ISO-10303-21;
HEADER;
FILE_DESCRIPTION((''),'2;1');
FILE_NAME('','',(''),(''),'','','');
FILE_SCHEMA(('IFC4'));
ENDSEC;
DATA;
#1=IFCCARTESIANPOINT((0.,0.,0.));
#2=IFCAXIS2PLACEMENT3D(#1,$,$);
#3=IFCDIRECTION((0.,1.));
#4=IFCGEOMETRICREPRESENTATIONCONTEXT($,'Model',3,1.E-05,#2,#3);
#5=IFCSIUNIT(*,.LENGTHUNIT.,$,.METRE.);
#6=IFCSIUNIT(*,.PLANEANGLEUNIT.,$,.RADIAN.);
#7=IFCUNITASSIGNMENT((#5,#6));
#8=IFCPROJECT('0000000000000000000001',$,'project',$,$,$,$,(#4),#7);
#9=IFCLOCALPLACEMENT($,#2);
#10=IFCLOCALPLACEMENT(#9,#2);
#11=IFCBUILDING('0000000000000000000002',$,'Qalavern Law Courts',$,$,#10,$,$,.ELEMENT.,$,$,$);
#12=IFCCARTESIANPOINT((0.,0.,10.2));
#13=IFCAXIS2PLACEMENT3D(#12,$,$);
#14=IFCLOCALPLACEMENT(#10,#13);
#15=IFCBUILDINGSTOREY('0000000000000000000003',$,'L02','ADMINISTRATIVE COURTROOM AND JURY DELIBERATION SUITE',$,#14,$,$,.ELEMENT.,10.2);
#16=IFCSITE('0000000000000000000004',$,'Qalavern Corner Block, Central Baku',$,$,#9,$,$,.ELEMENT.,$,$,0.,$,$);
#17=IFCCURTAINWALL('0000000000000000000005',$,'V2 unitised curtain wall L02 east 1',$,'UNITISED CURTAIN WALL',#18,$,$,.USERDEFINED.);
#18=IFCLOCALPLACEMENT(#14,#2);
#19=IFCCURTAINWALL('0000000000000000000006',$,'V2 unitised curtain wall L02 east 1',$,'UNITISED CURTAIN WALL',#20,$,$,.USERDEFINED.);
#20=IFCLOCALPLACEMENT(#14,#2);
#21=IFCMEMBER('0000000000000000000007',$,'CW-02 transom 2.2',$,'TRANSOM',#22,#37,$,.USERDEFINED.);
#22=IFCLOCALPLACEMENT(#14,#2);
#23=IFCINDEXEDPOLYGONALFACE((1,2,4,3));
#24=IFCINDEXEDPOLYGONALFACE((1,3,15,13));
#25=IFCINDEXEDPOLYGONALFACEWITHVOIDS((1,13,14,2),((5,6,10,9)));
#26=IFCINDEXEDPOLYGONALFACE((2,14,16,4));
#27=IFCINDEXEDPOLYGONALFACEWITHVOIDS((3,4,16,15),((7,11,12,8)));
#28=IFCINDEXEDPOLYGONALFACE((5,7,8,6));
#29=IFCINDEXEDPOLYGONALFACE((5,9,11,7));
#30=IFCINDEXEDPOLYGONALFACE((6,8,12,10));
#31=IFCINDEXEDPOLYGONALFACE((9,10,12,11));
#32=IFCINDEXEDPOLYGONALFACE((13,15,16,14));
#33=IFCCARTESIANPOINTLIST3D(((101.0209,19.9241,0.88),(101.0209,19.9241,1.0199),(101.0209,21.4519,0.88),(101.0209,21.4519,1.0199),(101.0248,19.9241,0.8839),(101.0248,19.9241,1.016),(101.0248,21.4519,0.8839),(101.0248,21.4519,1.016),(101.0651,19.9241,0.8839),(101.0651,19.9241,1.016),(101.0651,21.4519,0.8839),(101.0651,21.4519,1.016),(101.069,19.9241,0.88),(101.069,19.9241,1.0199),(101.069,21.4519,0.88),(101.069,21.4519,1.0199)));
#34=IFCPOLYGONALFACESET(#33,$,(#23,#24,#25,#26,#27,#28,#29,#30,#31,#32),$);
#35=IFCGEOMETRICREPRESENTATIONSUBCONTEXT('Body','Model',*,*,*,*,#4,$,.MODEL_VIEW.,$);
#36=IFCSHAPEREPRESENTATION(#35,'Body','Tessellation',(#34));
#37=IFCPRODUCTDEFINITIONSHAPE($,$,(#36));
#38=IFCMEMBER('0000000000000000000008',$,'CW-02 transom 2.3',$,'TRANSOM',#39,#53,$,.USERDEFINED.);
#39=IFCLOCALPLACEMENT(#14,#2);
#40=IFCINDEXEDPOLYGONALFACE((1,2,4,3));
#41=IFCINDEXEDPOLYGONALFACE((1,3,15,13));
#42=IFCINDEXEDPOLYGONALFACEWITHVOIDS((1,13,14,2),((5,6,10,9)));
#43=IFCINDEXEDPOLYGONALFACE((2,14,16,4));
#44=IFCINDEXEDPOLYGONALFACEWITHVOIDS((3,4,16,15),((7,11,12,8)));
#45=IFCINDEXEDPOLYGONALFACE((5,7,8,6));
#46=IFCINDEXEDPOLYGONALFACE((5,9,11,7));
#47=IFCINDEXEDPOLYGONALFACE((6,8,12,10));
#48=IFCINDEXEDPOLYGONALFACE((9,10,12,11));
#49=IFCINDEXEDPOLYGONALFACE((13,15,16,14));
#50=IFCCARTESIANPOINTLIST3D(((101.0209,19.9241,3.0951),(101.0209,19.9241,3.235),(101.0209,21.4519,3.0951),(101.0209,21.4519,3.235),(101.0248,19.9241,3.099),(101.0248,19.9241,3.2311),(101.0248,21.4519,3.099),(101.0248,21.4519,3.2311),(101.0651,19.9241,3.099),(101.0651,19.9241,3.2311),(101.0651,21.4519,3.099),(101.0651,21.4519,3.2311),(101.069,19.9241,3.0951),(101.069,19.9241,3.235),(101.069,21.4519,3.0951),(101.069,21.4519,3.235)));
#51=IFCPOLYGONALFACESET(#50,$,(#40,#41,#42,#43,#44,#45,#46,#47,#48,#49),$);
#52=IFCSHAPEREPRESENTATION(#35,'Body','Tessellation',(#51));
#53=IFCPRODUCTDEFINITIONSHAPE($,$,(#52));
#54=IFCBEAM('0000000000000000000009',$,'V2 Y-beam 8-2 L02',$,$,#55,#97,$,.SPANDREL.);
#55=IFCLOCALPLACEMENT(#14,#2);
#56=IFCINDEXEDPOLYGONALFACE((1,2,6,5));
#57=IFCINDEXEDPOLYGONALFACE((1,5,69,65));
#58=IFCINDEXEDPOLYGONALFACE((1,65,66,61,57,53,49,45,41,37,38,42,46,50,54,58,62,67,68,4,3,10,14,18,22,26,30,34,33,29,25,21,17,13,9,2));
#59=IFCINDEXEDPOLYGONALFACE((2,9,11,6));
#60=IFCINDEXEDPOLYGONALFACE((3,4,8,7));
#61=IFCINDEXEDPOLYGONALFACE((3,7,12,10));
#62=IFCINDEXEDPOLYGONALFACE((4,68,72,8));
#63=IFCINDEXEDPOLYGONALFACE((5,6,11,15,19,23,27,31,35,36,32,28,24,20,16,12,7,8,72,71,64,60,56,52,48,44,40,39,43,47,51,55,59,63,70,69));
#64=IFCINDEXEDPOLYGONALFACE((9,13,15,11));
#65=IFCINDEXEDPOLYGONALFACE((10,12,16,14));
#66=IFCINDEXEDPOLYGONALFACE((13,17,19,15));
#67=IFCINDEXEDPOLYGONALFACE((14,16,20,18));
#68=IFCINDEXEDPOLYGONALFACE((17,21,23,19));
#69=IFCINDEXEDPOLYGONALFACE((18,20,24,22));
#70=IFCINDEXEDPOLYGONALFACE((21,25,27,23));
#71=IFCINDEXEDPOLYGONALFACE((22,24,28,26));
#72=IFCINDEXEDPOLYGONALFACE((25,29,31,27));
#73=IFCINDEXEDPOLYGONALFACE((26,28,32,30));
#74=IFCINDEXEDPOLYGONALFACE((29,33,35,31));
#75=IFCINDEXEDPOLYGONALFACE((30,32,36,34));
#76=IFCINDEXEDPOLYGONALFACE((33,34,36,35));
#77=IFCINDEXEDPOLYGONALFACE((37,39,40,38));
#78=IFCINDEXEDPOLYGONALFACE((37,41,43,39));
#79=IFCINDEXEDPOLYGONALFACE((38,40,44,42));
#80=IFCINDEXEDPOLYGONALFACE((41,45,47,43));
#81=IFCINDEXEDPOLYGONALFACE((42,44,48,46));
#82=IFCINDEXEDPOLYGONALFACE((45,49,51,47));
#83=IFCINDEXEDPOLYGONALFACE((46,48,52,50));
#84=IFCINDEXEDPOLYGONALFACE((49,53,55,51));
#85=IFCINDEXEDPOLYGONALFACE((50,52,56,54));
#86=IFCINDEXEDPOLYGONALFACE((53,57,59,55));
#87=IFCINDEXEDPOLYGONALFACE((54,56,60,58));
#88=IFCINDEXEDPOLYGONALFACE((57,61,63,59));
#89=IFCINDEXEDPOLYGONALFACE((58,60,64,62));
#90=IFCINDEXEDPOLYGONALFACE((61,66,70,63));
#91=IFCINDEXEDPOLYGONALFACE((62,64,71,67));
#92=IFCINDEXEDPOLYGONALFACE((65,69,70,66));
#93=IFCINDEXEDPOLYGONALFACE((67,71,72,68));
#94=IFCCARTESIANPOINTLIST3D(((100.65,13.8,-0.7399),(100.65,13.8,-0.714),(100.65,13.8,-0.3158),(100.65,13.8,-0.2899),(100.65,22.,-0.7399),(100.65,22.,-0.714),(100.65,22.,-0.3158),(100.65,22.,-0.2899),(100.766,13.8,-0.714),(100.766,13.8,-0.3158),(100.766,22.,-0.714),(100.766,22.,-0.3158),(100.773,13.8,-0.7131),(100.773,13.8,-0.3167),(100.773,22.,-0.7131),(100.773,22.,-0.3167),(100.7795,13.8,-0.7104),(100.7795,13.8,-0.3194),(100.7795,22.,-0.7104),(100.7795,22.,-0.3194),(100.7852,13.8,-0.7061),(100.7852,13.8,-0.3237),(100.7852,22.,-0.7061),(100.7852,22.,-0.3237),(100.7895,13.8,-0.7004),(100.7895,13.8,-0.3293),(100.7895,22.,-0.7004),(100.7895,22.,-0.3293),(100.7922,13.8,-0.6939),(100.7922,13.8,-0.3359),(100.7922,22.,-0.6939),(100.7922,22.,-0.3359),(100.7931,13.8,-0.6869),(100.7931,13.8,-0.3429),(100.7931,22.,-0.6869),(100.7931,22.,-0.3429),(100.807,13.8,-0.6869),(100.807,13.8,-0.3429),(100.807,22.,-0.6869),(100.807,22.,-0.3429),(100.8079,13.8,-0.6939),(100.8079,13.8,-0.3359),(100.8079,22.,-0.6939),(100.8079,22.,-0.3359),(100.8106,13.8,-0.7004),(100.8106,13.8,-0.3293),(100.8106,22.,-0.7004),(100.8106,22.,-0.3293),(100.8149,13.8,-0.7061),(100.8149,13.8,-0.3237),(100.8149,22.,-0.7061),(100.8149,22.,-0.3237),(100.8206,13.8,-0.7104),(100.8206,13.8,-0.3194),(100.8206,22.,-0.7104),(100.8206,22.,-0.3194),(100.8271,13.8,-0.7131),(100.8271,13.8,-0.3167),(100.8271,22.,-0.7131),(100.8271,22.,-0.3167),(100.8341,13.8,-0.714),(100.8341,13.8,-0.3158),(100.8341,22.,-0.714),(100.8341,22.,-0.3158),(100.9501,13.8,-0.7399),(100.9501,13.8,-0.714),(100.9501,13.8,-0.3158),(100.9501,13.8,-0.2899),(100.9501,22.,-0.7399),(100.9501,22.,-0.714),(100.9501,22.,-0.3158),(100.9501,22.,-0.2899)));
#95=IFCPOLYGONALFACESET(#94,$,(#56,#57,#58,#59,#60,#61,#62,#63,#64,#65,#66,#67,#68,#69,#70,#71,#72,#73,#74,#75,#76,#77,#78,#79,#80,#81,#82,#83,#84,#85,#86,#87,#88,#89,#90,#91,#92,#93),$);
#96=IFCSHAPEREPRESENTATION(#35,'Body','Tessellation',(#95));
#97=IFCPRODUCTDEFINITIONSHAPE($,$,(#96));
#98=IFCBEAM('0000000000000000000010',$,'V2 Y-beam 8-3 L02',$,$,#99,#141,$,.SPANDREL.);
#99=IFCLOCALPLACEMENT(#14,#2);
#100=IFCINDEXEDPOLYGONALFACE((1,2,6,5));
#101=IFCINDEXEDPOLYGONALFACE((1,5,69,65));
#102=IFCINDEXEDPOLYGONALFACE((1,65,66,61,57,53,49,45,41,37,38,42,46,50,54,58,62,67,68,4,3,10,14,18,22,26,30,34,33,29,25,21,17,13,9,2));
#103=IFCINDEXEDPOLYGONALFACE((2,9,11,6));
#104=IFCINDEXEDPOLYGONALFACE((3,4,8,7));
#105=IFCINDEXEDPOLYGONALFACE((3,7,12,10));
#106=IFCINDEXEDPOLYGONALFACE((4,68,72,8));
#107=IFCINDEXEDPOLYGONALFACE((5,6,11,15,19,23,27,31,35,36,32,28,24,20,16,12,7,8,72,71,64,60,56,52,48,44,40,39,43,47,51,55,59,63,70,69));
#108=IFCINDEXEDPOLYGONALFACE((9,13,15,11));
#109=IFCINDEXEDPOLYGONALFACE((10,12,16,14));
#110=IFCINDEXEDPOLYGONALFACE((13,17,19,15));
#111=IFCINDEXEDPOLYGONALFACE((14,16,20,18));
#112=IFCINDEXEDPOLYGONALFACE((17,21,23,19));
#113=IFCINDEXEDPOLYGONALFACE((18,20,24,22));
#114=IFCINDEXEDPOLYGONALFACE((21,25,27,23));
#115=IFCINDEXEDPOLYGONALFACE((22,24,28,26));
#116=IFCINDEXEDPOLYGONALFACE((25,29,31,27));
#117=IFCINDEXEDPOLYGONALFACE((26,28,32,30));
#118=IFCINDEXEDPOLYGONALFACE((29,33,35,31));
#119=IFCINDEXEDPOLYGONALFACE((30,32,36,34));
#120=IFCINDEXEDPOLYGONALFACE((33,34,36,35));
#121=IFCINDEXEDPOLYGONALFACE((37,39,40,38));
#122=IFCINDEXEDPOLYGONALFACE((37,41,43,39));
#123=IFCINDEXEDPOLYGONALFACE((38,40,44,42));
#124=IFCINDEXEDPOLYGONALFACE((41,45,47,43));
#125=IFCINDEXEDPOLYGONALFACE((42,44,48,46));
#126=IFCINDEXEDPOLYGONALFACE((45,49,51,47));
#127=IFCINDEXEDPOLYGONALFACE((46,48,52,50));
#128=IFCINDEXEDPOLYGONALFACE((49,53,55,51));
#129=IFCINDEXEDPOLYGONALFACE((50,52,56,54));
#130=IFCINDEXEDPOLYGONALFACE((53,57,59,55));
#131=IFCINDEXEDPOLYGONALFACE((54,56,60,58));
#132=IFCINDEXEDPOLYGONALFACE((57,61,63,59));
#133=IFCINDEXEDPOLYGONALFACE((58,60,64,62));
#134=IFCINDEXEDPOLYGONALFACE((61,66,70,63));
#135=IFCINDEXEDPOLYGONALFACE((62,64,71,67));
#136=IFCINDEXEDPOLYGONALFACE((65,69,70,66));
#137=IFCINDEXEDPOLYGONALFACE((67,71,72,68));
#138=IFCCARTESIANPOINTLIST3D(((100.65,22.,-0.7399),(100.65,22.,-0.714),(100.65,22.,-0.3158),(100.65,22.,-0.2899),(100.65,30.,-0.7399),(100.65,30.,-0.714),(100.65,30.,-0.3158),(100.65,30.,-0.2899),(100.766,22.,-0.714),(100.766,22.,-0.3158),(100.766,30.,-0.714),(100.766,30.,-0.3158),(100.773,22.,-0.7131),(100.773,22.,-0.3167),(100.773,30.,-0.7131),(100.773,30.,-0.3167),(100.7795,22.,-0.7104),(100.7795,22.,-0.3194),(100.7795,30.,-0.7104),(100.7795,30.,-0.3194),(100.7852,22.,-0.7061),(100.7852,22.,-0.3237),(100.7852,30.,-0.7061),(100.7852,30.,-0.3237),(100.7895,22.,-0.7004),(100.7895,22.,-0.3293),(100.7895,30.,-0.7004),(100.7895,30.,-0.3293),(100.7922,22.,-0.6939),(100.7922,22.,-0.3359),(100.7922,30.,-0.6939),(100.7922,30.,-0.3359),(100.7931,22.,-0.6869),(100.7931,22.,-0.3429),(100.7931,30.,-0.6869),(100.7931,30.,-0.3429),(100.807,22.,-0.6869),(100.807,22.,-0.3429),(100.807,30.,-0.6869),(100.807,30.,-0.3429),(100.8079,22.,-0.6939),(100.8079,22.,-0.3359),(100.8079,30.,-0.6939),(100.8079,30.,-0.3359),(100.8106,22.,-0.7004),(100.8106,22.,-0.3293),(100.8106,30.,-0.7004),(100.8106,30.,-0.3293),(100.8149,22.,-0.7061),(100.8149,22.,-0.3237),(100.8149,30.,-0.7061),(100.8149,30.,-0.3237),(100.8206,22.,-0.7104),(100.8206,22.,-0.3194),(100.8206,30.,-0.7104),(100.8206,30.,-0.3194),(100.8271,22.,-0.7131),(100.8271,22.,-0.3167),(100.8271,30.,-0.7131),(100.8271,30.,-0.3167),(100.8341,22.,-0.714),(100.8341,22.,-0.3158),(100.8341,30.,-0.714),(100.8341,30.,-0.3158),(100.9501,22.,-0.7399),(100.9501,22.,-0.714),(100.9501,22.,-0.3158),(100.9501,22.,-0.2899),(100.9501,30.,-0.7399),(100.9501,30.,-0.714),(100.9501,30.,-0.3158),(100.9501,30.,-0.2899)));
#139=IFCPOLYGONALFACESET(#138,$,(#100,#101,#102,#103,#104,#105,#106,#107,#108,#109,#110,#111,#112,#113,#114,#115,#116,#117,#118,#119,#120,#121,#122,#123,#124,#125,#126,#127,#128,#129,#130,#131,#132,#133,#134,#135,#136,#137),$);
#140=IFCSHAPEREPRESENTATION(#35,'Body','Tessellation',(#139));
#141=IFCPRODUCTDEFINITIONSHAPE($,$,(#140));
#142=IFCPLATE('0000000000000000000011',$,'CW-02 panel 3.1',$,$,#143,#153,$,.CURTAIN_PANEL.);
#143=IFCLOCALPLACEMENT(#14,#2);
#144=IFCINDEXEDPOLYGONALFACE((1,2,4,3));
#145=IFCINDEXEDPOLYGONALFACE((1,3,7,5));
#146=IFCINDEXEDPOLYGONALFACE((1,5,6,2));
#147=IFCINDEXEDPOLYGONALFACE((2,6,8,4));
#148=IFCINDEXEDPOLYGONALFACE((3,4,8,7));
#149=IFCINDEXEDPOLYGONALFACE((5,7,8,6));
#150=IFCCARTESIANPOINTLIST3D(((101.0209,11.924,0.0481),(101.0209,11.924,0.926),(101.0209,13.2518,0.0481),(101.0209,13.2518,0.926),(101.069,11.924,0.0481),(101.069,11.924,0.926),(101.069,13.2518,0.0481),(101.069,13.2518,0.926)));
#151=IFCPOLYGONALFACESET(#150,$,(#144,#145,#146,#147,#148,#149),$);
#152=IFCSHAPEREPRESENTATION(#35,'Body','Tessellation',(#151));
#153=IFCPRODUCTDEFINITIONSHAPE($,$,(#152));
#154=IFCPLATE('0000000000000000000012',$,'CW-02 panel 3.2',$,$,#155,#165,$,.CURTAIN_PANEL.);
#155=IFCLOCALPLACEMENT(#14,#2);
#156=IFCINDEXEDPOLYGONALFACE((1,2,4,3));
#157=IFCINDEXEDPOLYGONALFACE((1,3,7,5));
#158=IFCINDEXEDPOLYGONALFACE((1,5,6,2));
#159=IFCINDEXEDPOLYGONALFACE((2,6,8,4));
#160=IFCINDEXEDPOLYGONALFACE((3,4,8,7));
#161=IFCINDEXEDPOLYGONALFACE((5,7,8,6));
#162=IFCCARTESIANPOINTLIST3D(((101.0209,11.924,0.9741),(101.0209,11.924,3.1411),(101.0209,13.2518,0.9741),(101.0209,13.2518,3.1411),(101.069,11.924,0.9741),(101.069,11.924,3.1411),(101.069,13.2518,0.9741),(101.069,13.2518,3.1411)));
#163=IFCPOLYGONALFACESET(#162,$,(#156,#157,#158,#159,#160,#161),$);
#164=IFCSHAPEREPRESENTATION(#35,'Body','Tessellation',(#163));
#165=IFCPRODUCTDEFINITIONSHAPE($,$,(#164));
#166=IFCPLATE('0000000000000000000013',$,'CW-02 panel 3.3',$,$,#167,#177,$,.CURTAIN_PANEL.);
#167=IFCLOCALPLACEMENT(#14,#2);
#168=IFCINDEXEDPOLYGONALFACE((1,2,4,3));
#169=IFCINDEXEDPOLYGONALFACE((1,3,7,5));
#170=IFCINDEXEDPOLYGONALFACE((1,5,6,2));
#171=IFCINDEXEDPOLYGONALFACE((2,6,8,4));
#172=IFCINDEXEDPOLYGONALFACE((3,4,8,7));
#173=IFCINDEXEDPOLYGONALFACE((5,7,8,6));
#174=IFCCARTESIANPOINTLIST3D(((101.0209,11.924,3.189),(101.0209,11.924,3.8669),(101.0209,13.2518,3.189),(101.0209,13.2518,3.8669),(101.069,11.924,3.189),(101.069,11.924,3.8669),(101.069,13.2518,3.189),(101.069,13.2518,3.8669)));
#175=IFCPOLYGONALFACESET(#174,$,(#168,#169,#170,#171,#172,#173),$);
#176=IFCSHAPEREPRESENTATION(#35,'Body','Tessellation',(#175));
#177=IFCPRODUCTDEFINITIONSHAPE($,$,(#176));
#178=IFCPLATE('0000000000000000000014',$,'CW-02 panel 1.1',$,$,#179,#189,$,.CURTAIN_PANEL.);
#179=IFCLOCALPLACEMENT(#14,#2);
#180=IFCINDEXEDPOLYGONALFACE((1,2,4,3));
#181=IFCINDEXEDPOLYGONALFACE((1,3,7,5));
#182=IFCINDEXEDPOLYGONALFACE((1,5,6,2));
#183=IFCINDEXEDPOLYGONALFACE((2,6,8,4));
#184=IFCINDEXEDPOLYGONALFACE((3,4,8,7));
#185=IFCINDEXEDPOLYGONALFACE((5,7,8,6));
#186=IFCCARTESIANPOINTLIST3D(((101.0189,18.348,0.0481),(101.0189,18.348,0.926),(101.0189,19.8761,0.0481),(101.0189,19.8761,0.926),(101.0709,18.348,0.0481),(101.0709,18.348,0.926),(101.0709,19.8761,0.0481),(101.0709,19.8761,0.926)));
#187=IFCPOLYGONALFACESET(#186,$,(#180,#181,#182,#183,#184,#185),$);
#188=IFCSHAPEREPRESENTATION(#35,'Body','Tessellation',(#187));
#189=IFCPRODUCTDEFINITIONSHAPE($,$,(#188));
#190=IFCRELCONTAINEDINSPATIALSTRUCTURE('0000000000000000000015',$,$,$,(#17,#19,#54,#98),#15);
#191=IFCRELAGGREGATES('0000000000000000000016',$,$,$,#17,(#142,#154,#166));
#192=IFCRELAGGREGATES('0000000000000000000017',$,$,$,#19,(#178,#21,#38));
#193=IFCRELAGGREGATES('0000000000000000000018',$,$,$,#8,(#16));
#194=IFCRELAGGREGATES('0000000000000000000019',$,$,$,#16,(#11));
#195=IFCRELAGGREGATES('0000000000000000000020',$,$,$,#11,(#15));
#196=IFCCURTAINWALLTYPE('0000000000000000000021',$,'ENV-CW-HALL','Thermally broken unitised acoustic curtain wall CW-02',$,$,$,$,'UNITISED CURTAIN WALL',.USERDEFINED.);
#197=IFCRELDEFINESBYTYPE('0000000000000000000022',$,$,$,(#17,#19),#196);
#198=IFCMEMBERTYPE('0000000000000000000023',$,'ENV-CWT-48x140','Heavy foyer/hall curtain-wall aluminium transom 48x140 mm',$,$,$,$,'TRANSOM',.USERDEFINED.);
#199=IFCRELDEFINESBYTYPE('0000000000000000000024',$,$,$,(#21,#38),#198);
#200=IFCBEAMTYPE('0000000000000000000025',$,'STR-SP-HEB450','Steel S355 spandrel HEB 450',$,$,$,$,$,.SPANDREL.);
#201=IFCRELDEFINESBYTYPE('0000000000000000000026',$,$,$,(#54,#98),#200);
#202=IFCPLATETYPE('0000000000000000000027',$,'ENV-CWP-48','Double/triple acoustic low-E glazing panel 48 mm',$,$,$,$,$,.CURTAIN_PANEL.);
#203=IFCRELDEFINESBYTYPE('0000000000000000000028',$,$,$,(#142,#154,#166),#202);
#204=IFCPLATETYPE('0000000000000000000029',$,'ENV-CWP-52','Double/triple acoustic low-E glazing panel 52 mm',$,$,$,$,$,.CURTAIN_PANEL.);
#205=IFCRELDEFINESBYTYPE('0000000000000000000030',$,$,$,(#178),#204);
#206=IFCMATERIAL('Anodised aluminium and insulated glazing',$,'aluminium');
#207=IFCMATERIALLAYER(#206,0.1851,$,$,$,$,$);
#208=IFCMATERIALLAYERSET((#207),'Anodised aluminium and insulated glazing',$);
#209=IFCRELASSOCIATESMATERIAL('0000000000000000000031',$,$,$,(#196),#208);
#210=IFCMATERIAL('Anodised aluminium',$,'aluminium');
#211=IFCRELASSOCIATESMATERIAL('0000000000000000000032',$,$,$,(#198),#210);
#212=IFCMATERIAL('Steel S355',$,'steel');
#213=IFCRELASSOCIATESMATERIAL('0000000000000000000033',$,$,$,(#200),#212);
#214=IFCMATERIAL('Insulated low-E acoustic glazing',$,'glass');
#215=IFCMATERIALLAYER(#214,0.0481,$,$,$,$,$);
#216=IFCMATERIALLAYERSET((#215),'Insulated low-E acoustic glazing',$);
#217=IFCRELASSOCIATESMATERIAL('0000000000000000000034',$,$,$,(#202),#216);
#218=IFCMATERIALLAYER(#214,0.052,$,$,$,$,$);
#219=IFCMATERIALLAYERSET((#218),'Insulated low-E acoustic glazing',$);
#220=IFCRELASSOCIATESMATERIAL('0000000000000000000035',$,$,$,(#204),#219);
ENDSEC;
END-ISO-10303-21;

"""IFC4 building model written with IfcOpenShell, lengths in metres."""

from ifc_helpers import new_model, si_unit, direction, frame, origin, origin_2d, place, context, subcontext, project, spatial, rectangle, hollow_rectangle, i_section, extrude, material, layer, layer_set, material_profile, profile_set, type_object, element, aggregate, save


model = new_model("IFC4")

# Units and contexts
model_context = context("Model", 3, precision=1e-05, world=origin(), true_north=direction((0.0, 1.0)))
body_context = subcontext(model_context, "Body", "Model", "MODEL_VIEW")
ifc_project = project(units=[si_unit("LENGTHUNIT", "METRE"), si_unit("PLANEANGLEUNIT", "RADIAN")], contexts=[model_context])

# Site, building, storey
site_placement = place(None, origin())
site = spatial("IfcSite", under=ifc_project, at=site_placement, Name="Qalavern Corner Block, Central Baku", CompositionType="ELEMENT", RefElevation=0.0)
building_placement = place(site_placement, origin())
building = spatial("IfcBuilding", under=site, at=building_placement, Name="Qalavern Law Courts", CompositionType="ELEMENT")
storey_placement = place(building_placement, frame((0.0, 0.0, 10.2)))
storey = spatial("IfcBuildingStorey", under=building, at=storey_placement, Name="L02", Description="ADMINISTRATIVE COURTROOM AND JURY DELIBERATION SUITE", CompositionType="ELEMENT", Elevation=10.2)

# Curtain wall
ifc_material_1 = material(Name="Anodised aluminium and insulated glazing", Category="aluminium")
ifc_layer_1 = layer(ifc_material_1, 0.1851)
ifc_layer_set_1 = layer_set([ifc_layer_1], Name="Anodised aluminium and insulated glazing")
curtain_wall_type = type_object("IfcCurtainWallType", Name="ENV-CW-HALL", Description="Thermally broken unitised acoustic curtain wall CW-02", ElementType="UNITISED CURTAIN WALL", PredefinedType="USERDEFINED", material=ifc_layer_set_1)
curtain_wall_1_placement = place(storey_placement, origin())
curtain_wall_1 = element("IfcCurtainWall", 1, at=curtain_wall_1_placement, inside=storey, type_object=curtain_wall_type, Name="V2 unitised curtain wall L02 east 1", ObjectType="UNITISED CURTAIN WALL", PredefinedType="USERDEFINED")
ifc_material_2 = material(Name="Anodised aluminium", Category="aluminium")

# Curtain wall
curtain_wall_2_placement = place(storey_placement, origin())
curtain_wall_2 = element("IfcCurtainWall", 2, at=curtain_wall_2_placement, inside=storey, type_object=curtain_wall_type, Name="V2 unitised curtain wall L02 east 1", ObjectType="UNITISED CURTAIN WALL", PredefinedType="USERDEFINED")

# Members
ifc_material_profile_1 = material_profile(ifc_material_2, hollow_rectangle(XDim=0.0481, YDim=0.1399, WallThickness=0.0039, at=origin_2d()), Name="ALU TRANSOM 48x140")
ifc_profile_set_1 = profile_set([ifc_material_profile_1], Name="Anodised aluminium")
member_type_1 = type_object("IfcMemberType", Name="ENV-CWT-48x140", Description="Heavy foyer/hall curtain-wall aluminium transom 48x140 mm", ElementType="TRANSOM", PredefinedType="USERDEFINED", material=ifc_profile_set_1)
member_1_placement = place(storey_placement, frame((101.0449, 19.9241, 0.95), z_axis=(0.0, 1.0, 0.0), x_axis=(-1.0, 0.0, 0.0)))
member_1 = element("IfcMember", 3, at=member_1_placement, type_object=member_type_1, Name="CW-02 transom 2.2", ObjectType="TRANSOM", PredefinedType="USERDEFINED", context=body_context, shape_type="SweptSolid", body=[
    extrude(hollow_rectangle(XDim=0.0481, YDim=0.1399, WallThickness=0.0039, at=origin_2d()), origin(), (0.0, 0.0, 1.0), 1.5278),
])
member_2_placement = place(storey_placement, frame((101.0449, 19.9241, 3.165), z_axis=(0.0, 1.0, 0.0), x_axis=(-1.0, 0.0, 0.0)))
member_2 = element("IfcMember", 4, at=member_2_placement, type_object=member_type_1, Name="CW-02 transom 2.3", ObjectType="TRANSOM", PredefinedType="USERDEFINED", context=body_context, shape_type="SweptSolid", body=[
    extrude(hollow_rectangle(XDim=0.0481, YDim=0.1399, WallThickness=0.0039, at=origin_2d()), origin(), (0.0, 0.0, 1.0), 1.5278),
])

# Beams
ifc_material_3 = material(Name="Steel S355", Category="steel")
ifc_material_profile_2 = material_profile(ifc_material_3, i_section(OverallWidth=0.3, OverallDepth=0.45, WebThickness=0.0139, FlangeThickness=0.0259, FilletRadius=0.0271, at=origin_2d()), Name="HEB 450")
ifc_profile_set_2 = profile_set([ifc_material_profile_2], Name="Steel S355")
beam_type = type_object("IfcBeamType", Name="STR-SP-HEB450", Description="Steel S355 spandrel HEB 450", PredefinedType="SPANDREL", material=ifc_profile_set_2)
beam_1_placement = place(storey_placement, frame((100.8, 13.8, -0.5149), z_axis=(0.0, 1.0, 0.0), x_axis=(-1.0, 0.0, 0.0)))
element("IfcBeam", 5, at=beam_1_placement, inside=storey, type_object=beam_type, Name="V2 Y-beam 8-2 L02", PredefinedType="SPANDREL", context=body_context, shape_type="SweptSolid", body=[
    extrude(i_section(OverallWidth=0.3, OverallDepth=0.45, WebThickness=0.0139, FlangeThickness=0.0259, FilletRadius=0.0271, at=origin_2d()), origin(), (0.0, 0.0, 1.0), 8.2),
])
beam_2_placement = place(storey_placement, frame((100.8, 22.0, -0.5149), z_axis=(0.0, 1.0, 0.0), x_axis=(-1.0, 0.0, 0.0)))
element("IfcBeam", 6, at=beam_2_placement, inside=storey, type_object=beam_type, Name="V2 Y-beam 8-3 L02", PredefinedType="SPANDREL", context=body_context, shape_type="SweptSolid", body=[
    extrude(i_section(OverallWidth=0.3, OverallDepth=0.45, WebThickness=0.0139, FlangeThickness=0.0259, FilletRadius=0.0271, at=origin_2d()), origin(), (0.0, 0.0, 1.0), 8.0),
])

# Plates
ifc_material_4 = material(Name="Insulated low-E acoustic glazing", Category="glass")
ifc_layer_2 = layer(ifc_material_4, 0.0481)
ifc_layer_set_2 = layer_set([ifc_layer_2], Name="Insulated low-E acoustic glazing")
plate_type_1 = type_object("IfcPlateType", Name="ENV-CWP-48", Description="Double/triple acoustic low-E glazing panel 48 mm", PredefinedType="CURTAIN_PANEL", material=ifc_layer_set_2)
plate_1_placement = place(storey_placement, frame((101.0449, 12.5879, 0.0481), z_axis=(0.0, 0.0, 1.0), x_axis=(0.0, 1.0, 0.0)))
plate_1 = element("IfcPlate", 7, at=plate_1_placement, type_object=plate_type_1, Name="CW-02 panel 3.1", PredefinedType="CURTAIN_PANEL", context=body_context, shape_type="SweptSolid", body=[
    extrude(rectangle(XDim=1.3279, YDim=0.0481, at=origin_2d()), origin(), (0.0, 0.0, 1.0), 0.8779),
])
plate_2_placement = place(storey_placement, frame((101.0449, 12.5879, 0.9741), z_axis=(0.0, 0.0, 1.0), x_axis=(0.0, 1.0, 0.0)))
plate_2 = element("IfcPlate", 8, at=plate_2_placement, type_object=plate_type_1, Name="CW-02 panel 3.2", PredefinedType="CURTAIN_PANEL", context=body_context, shape_type="SweptSolid", body=[
    extrude(rectangle(XDim=1.3279, YDim=0.0481, at=origin_2d()), origin(), (0.0, 0.0, 1.0), 2.167),
])
plate_3_placement = place(storey_placement, frame((101.0449, 12.5879, 3.189), z_axis=(0.0, 0.0, 1.0), x_axis=(0.0, 1.0, 0.0)))
plate_3 = element("IfcPlate", 9, at=plate_3_placement, type_object=plate_type_1, Name="CW-02 panel 3.3", PredefinedType="CURTAIN_PANEL", context=body_context, shape_type="SweptSolid", body=[
    extrude(rectangle(XDim=1.3279, YDim=0.0481, at=origin_2d()), origin(), (0.0, 0.0, 1.0), 0.678),
])
aggregate(curtain_wall_1, [plate_1, plate_2, plate_3])
ifc_layer_3 = layer(ifc_material_4, 0.052)
ifc_layer_set_3 = layer_set([ifc_layer_3], Name="Insulated low-E acoustic glazing")
plate_type_2 = type_object("IfcPlateType", Name="ENV-CWP-52", Description="Double/triple acoustic low-E glazing panel 52 mm", PredefinedType="CURTAIN_PANEL", material=ifc_layer_set_3)
plate_4_placement = place(storey_placement, frame((101.0449, 19.1121, 0.0481), z_axis=(0.0, 0.0, 1.0), x_axis=(0.0, 1.0, 0.0)))
plate_4 = element("IfcPlate", 10, at=plate_4_placement, type_object=plate_type_2, Name="CW-02 panel 1.1", PredefinedType="CURTAIN_PANEL", context=body_context, shape_type="SweptSolid", body=[
    extrude(rectangle(XDim=1.5281, YDim=0.052, at=origin_2d()), origin(), (0.0, 0.0, 1.0), 0.8779),
])
aggregate(curtain_wall_2, [plate_4, member_1, member_2])

save(model, "model.ifc")
